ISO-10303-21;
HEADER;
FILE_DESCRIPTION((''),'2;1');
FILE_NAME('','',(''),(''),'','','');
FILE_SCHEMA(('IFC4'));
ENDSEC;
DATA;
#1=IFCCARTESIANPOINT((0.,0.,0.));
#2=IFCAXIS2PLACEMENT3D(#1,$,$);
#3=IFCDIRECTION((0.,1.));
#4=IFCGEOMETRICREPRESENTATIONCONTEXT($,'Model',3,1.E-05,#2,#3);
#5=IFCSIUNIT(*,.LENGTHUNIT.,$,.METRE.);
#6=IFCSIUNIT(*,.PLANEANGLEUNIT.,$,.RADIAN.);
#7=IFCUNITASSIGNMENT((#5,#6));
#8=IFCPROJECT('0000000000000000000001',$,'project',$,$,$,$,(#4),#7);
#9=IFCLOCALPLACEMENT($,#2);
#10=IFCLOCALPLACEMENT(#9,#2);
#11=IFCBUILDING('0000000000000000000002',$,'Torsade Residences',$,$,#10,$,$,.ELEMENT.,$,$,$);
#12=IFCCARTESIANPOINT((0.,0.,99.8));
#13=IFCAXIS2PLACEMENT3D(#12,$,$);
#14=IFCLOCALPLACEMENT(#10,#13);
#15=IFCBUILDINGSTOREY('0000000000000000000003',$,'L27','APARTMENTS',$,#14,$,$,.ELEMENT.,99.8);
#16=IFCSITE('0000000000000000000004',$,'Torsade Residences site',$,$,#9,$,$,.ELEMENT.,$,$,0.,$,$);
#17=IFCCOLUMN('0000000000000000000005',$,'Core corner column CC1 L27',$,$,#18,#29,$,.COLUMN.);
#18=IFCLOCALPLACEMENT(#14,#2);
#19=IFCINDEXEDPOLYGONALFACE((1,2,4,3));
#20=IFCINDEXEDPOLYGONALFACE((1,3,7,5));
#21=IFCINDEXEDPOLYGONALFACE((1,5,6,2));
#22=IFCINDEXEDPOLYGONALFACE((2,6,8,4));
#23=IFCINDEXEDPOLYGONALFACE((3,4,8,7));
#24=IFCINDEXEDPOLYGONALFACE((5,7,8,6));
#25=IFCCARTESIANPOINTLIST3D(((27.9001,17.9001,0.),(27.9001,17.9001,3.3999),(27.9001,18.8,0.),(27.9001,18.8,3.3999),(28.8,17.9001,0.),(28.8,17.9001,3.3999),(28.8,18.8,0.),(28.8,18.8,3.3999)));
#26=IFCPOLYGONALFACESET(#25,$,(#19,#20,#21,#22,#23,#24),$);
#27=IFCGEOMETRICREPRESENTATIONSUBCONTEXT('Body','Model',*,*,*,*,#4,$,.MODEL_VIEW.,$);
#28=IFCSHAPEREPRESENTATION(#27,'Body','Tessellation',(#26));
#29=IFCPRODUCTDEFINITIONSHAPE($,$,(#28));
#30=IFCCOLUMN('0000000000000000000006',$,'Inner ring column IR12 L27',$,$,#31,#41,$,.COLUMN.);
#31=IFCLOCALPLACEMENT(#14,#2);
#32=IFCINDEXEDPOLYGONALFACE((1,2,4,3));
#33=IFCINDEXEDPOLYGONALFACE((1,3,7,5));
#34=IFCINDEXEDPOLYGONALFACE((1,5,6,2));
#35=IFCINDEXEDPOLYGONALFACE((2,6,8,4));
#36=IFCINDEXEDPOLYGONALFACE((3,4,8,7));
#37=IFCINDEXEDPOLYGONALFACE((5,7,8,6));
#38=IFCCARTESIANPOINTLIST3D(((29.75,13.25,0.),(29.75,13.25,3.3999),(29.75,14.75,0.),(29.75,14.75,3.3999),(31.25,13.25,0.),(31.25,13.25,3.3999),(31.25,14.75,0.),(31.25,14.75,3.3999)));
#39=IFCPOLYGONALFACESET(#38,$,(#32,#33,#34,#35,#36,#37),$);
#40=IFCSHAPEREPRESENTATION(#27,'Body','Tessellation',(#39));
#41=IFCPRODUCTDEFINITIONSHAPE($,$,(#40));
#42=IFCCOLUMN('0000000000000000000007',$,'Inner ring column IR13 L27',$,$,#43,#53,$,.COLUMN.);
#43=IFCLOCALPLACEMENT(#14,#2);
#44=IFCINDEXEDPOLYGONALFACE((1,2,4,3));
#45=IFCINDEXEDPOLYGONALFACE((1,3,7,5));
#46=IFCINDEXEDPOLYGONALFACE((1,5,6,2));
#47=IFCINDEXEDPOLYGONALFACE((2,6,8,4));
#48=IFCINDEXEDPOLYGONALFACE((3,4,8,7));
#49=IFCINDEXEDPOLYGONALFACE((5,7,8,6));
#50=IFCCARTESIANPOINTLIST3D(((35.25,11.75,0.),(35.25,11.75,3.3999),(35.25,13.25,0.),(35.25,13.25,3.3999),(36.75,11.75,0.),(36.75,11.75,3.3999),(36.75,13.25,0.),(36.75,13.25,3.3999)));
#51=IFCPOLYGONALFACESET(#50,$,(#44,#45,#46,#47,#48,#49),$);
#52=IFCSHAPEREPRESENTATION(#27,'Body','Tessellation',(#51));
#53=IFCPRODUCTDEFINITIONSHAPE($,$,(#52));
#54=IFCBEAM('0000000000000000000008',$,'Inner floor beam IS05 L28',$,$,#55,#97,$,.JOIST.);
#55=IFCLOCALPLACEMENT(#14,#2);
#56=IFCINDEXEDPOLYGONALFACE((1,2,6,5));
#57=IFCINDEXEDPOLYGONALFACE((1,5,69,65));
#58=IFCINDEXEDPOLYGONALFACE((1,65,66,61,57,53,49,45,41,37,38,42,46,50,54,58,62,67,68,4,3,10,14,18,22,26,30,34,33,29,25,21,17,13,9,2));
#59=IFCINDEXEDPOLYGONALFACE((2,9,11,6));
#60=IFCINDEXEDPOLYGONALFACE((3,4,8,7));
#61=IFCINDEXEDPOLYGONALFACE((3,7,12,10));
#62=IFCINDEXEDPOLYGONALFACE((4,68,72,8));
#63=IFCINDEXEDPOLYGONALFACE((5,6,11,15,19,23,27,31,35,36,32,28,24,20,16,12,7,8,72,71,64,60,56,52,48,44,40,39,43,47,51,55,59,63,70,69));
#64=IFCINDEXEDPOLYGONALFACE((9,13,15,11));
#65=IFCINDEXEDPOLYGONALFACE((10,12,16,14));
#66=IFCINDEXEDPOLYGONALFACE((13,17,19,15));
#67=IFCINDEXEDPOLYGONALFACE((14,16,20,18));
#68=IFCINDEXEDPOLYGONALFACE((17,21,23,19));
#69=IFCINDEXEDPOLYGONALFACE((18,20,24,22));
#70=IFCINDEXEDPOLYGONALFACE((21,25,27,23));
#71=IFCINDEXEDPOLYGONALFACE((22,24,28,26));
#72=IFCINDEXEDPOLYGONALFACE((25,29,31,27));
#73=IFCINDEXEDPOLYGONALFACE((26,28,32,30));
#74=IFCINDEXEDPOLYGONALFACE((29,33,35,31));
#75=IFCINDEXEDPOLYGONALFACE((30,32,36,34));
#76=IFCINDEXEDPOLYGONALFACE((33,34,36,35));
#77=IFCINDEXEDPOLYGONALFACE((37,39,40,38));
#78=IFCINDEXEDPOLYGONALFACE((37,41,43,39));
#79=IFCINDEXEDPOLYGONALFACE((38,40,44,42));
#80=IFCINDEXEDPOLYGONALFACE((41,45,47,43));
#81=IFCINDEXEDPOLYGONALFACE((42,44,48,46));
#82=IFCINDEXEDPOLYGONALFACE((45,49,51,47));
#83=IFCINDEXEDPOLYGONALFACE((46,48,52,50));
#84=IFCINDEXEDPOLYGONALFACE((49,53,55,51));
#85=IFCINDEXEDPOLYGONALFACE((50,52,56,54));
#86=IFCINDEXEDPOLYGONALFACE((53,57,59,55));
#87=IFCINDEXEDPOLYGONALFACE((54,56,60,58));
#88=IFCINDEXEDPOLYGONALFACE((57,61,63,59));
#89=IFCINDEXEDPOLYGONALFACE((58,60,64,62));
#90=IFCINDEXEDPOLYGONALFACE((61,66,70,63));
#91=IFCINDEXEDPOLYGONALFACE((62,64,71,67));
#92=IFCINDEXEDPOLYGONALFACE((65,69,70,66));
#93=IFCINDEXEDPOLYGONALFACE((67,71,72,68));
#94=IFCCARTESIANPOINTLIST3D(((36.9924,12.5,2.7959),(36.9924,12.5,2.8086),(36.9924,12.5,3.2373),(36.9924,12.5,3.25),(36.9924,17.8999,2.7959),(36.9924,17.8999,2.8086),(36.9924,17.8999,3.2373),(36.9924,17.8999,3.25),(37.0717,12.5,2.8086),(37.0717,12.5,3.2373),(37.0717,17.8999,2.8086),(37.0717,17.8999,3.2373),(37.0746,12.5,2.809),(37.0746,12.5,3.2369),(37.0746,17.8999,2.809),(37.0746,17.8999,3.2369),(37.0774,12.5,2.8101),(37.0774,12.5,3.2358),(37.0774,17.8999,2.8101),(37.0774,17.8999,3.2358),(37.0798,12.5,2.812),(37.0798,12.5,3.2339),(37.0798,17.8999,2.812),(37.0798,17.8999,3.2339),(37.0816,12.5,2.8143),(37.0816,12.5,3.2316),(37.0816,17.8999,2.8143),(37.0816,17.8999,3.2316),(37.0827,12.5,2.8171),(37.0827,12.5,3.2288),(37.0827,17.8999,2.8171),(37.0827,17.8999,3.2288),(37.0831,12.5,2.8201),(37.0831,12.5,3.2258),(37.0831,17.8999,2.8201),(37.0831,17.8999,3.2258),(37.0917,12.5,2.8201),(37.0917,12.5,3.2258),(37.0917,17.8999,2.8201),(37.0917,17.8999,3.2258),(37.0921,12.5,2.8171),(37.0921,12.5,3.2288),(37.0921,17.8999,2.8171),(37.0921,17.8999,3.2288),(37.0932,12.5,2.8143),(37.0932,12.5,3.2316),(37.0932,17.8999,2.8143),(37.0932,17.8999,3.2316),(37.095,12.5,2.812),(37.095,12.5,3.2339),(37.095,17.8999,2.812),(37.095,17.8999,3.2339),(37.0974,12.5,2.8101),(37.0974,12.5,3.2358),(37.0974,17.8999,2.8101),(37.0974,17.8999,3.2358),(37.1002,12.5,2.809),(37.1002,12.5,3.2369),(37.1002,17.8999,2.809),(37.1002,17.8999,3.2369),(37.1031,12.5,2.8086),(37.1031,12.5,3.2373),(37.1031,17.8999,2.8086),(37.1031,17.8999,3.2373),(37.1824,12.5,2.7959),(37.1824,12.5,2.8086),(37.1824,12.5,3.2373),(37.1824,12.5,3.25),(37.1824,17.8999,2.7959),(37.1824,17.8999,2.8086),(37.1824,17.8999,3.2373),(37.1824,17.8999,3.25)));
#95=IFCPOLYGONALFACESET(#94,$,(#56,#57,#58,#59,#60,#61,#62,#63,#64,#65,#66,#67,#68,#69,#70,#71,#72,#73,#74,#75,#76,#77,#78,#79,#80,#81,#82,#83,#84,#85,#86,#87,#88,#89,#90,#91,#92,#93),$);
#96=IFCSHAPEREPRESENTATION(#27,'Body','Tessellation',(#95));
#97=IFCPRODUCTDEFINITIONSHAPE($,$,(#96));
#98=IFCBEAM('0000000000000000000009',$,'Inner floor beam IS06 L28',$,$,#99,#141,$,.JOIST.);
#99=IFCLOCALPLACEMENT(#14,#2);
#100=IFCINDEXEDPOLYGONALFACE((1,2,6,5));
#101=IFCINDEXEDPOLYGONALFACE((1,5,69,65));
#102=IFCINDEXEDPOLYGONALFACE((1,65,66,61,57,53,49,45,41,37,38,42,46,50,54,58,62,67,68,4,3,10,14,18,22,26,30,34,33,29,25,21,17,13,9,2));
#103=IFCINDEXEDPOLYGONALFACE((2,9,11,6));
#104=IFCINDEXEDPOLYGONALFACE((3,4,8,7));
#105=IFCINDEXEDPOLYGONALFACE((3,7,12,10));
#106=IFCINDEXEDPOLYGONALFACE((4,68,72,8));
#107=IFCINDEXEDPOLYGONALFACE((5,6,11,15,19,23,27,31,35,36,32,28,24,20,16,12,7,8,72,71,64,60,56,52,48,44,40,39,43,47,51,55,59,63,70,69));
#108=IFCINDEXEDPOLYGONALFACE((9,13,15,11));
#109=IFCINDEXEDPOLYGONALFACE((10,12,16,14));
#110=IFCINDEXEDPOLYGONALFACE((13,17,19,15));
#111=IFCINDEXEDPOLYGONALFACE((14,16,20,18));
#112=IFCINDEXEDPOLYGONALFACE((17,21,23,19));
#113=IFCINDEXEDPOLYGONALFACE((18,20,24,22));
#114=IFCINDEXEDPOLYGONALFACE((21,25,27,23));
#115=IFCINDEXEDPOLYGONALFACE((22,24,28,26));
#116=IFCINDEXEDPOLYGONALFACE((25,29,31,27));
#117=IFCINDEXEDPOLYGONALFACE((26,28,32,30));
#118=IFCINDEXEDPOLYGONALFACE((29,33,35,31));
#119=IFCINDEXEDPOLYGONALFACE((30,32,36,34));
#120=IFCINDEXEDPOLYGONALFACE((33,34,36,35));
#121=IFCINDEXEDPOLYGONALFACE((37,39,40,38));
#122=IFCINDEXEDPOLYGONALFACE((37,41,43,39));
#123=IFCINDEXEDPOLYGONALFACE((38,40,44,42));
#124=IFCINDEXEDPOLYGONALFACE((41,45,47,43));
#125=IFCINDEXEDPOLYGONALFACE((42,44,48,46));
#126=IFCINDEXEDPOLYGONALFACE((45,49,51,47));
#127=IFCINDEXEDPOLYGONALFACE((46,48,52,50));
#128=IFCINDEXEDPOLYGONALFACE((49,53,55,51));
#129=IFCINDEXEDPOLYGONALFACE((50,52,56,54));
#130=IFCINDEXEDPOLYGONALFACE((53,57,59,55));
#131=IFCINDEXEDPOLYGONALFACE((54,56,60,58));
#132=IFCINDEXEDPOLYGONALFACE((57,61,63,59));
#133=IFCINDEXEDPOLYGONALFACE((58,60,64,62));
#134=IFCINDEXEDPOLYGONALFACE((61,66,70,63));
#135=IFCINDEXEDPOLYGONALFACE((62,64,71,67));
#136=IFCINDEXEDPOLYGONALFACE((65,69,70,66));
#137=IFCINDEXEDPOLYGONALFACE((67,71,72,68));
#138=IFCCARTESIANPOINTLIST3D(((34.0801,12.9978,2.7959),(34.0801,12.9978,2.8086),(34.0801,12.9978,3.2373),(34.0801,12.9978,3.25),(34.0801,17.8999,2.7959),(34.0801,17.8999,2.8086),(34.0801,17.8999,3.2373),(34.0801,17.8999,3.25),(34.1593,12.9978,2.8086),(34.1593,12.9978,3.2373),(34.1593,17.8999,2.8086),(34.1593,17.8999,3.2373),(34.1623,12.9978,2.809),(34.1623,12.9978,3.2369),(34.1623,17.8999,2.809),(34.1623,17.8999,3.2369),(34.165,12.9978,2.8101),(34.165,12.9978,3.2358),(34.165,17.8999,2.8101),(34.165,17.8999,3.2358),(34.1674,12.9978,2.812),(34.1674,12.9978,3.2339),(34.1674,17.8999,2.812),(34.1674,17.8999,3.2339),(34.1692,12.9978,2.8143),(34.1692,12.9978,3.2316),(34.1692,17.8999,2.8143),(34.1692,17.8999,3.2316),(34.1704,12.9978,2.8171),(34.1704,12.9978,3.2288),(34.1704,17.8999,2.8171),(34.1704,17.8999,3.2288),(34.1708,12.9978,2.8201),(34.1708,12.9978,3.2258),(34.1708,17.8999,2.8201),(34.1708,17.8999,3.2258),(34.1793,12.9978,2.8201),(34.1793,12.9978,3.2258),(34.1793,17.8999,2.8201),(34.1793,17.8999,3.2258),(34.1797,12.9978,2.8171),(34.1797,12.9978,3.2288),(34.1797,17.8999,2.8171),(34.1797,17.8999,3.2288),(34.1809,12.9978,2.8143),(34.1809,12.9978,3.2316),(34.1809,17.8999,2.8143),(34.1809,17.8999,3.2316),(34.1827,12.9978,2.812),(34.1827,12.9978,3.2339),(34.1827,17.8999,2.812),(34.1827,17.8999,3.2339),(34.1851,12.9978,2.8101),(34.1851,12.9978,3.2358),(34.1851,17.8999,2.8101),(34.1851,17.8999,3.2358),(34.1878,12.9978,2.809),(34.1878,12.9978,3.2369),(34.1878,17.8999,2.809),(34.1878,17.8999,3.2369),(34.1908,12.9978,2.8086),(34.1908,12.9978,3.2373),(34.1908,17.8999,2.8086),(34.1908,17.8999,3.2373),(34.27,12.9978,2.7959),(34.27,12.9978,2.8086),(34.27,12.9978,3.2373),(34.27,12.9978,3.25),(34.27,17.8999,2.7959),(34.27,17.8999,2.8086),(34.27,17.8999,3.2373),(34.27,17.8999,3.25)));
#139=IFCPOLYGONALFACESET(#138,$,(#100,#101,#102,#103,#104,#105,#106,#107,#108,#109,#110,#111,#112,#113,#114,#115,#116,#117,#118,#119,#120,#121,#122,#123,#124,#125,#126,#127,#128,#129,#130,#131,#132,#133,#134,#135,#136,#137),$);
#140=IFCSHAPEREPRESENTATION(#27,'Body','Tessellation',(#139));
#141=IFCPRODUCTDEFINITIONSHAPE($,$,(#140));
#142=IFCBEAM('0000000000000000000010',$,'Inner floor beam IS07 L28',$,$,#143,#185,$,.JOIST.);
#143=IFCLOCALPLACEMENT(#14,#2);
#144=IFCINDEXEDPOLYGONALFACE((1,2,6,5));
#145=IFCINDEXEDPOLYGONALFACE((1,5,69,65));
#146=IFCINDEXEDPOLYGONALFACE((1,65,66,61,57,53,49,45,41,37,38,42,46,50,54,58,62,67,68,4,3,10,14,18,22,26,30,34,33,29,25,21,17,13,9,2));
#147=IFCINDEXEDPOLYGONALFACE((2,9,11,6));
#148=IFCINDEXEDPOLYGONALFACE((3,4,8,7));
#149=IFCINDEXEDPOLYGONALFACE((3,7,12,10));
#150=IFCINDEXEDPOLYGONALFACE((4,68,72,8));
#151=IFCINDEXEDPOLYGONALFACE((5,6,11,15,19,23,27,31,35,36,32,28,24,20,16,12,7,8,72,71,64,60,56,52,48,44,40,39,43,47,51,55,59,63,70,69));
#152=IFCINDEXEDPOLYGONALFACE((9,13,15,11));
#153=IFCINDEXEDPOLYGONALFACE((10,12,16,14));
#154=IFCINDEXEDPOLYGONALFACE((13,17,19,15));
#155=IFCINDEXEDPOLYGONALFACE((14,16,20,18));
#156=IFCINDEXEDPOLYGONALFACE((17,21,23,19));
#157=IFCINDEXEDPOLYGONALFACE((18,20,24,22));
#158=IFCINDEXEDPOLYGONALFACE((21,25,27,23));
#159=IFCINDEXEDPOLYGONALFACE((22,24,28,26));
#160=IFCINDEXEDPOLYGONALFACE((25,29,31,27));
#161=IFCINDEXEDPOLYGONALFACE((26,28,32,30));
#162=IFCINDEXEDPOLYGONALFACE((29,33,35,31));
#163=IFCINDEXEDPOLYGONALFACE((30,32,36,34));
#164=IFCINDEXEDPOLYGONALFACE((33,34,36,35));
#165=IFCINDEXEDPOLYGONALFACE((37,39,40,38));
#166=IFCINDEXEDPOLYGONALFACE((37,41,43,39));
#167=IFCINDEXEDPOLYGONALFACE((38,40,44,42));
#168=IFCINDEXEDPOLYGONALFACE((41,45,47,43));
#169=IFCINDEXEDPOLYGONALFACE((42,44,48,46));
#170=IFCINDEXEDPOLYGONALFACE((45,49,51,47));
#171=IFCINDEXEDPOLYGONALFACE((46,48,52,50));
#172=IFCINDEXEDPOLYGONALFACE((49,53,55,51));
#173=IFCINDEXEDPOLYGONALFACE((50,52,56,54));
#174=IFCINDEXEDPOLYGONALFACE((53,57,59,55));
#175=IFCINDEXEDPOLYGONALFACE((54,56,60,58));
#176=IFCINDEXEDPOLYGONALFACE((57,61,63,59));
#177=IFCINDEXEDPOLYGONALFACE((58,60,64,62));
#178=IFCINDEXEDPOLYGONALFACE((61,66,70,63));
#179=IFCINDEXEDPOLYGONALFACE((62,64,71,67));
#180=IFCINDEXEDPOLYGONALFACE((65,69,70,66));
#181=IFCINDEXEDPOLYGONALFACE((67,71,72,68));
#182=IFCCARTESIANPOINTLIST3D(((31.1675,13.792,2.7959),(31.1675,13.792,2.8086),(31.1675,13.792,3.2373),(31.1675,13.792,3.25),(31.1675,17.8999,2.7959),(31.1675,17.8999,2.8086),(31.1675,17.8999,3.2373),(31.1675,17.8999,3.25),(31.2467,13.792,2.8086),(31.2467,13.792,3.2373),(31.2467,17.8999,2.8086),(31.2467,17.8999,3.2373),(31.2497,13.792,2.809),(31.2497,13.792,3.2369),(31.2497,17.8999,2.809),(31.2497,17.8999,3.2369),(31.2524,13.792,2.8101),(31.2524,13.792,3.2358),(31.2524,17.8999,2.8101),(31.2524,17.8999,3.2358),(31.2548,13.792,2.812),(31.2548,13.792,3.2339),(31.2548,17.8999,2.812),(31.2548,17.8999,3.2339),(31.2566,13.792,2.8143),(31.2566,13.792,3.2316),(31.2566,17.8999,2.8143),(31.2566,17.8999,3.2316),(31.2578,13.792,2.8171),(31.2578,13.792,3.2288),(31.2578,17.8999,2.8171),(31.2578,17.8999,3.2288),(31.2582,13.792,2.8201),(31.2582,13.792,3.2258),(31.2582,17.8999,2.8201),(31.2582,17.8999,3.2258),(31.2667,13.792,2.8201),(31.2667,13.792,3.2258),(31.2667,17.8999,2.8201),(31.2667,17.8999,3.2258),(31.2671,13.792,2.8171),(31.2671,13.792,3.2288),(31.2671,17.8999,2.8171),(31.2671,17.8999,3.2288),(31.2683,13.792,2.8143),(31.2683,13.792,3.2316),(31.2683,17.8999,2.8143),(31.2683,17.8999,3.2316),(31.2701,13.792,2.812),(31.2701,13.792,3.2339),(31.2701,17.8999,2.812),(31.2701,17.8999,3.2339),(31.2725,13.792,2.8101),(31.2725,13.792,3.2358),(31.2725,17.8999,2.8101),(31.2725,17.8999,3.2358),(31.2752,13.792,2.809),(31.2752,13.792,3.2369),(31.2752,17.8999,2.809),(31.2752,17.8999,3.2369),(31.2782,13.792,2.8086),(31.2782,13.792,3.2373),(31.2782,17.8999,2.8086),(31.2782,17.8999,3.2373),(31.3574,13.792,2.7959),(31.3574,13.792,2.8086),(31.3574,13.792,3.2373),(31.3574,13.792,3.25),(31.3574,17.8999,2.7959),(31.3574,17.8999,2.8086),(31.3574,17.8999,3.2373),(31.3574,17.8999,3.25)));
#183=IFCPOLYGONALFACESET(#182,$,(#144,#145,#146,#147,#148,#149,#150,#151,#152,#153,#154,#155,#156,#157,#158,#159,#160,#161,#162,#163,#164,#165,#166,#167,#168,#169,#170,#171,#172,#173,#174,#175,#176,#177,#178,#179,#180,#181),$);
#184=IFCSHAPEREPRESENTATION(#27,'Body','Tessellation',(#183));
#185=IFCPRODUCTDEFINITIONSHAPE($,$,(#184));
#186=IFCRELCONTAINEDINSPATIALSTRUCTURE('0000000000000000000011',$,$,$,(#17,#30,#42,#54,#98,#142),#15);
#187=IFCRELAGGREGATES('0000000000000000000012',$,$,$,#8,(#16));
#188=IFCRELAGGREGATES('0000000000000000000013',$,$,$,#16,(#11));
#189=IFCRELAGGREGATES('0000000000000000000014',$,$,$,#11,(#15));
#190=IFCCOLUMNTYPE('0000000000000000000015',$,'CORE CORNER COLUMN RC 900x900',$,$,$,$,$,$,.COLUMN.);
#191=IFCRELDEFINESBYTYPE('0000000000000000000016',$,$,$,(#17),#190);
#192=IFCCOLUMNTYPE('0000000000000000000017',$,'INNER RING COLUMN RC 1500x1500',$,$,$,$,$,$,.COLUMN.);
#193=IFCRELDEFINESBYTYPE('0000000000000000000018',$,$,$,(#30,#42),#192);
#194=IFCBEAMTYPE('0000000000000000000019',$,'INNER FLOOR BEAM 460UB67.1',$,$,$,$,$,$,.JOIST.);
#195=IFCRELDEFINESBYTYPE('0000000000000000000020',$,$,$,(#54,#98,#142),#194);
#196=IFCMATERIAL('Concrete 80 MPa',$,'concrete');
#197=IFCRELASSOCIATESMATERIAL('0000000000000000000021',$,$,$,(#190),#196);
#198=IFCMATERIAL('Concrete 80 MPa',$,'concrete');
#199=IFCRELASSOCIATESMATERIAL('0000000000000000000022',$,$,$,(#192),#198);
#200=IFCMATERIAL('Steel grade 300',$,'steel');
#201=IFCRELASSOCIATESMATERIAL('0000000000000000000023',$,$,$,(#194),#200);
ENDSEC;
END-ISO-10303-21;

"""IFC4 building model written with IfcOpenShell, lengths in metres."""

from ifc_helpers import new_model, si_unit, direction, frame, origin, origin_2d, place, context, subcontext, project, spatial, rectangle, i_section, extrude, material, material_profile, profile_set, type_object, element, save


model = new_model("IFC4")

# Units and contexts
model_context = context("Model", 3, precision=1e-05, world=origin(), true_north=direction((0.0, 1.0)))
body_context = subcontext(model_context, "Body", "Model", "MODEL_VIEW")
ifc_project = project(units=[si_unit("LENGTHUNIT", "METRE"), si_unit("PLANEANGLEUNIT", "RADIAN")], contexts=[model_context])

# Site, building, storey
site_placement = place(None, origin())
site = spatial("IfcSite", under=ifc_project, at=site_placement, Name="Torsade Residences site", CompositionType="ELEMENT", RefElevation=0.0)
building_placement = place(site_placement, origin())
building = spatial("IfcBuilding", under=site, at=building_placement, Name="Torsade Residences", CompositionType="ELEMENT")
storey_placement = place(building_placement, frame((0.0, 0.0, 99.8)))
storey = spatial("IfcBuildingStorey", under=building, at=storey_placement, Name="L27", Description="APARTMENTS", CompositionType="ELEMENT", Elevation=99.8)

# Columns
ifc_material_1 = material(Name="Concrete 80 MPa", Category="concrete")
ifc_material_profile_1 = material_profile(ifc_material_1, rectangle(XDim=0.8999, YDim=0.8999, at=origin_2d()), Name="RC 900x900")
ifc_profile_set_1 = profile_set([ifc_material_profile_1], Name="Concrete 80 MPa")
column_type_1 = type_object("IfcColumnType", Name="CORE CORNER COLUMN RC 900x900", PredefinedType="COLUMN", material=ifc_profile_set_1)
column_placement = place(storey_placement, frame((28.3501, 18.3501, 0.0), z_axis=(0.0, 0.0, 1.0), x_axis=(1.0, 0.0, 0.0)))
element("IfcColumn", 1, at=column_placement, inside=storey, type_object=column_type_1, Name="Core corner column CC1 L27", PredefinedType="COLUMN", context=body_context, shape_type="SweptSolid", body=[
    extrude(rectangle(XDim=0.8999, YDim=0.8999, at=origin_2d()), origin(), (0.0, 0.0, 1.0), 3.3999),
])
ifc_material_2 = material(Name="Concrete 80 MPa", Category="concrete")
ifc_material_profile_2 = material_profile(ifc_material_2, rectangle(XDim=1.5, YDim=1.5, at=origin_2d()), Name="RC 1500x1500")
ifc_profile_set_2 = profile_set([ifc_material_profile_2], Name="Concrete 80 MPa")
column_type_2 = type_object("IfcColumnType", Name="INNER RING COLUMN RC 1500x1500", PredefinedType="COLUMN", material=ifc_profile_set_2)
for number, where, z_axis, x_axis, name in (
    (2, (30.5, 14.0, 0.0), (0.0, 0.0, 1.0), (1.0, 0.0, 0.0), "Inner ring column IR12 L27"),
    (3, (36.0, 12.5, 0.0), (0.0, 0.0, 1.0), (1.0, 0.0, 0.0), "Inner ring column IR13 L27"),
):
    element("IfcColumn", number, at=place(storey_placement, frame(where, z_axis=z_axis, x_axis=x_axis)), inside=storey, type_object=column_type_2, Name=name, PredefinedType="COLUMN", context=body_context, shape_type="SweptSolid", body=[
        extrude(rectangle(XDim=1.5, YDim=1.5, at=origin_2d()), origin(), (0.0, 0.0, 1.0), 3.3999),
    ])

# Beams
ifc_material_3 = material(Name="Steel grade 300", Category="steel")
ifc_material_profile_3 = material_profile(ifc_material_3, i_section(OverallWidth=0.1899, OverallDepth=0.4541, WebThickness=0.0085, FlangeThickness=0.0127, FilletRadius=0.0115, at=origin_2d()), Name="460UB67.1")
ifc_profile_set_3 = profile_set([ifc_material_profile_3], Name="Steel grade 300")
beam_type_1 = type_object("IfcBeamType", Name="INNER FLOOR BEAM 460UB67.1", PredefinedType="JOIST", material=ifc_profile_set_3)
beam_1_placement = place(storey_placement, frame((37.0874, 17.8999, 3.0229), z_axis=(0.0, -1.0, 0.0), x_axis=(1.0, 0.0, 0.0)))
element("IfcBeam", 4, at=beam_1_placement, inside=storey, type_object=beam_type_1, Name="Inner floor beam IS05 L28", PredefinedType="JOIST", context=body_context, shape_type="SweptSolid", body=[
    extrude(i_section(OverallWidth=0.1899, OverallDepth=0.4541, WebThickness=0.0085, FlangeThickness=0.0127, FilletRadius=0.0115, at=origin_2d()), origin(), (0.0, 0.0, 1.0), 5.3999),
])
beam_2_placement = place(storey_placement, frame((34.175, 17.8999, 3.0229), z_axis=(0.0, -1.0, 0.0), x_axis=(1.0, 0.0, 0.0)))
element("IfcBeam", 5, at=beam_2_placement, inside=storey, type_object=beam_type_1, Name="Inner floor beam IS06 L28", PredefinedType="JOIST", context=body_context, shape_type="SweptSolid", body=[
    extrude(i_section(OverallWidth=0.1899, OverallDepth=0.4541, WebThickness=0.0085, FlangeThickness=0.0127, FilletRadius=0.0115, at=origin_2d()), origin(), (0.0, 0.0, 1.0), 4.9021),
])
beam_3_placement = place(storey_placement, frame((31.2625, 17.8999, 3.0229), z_axis=(0.0, -1.0, 0.0), x_axis=(1.0, 0.0, 0.0)))
element("IfcBeam", 6, at=beam_3_placement, inside=storey, type_object=beam_type_1, Name="Inner floor beam IS07 L28", PredefinedType="JOIST", context=body_context, shape_type="SweptSolid", body=[
    extrude(i_section(OverallWidth=0.1899, OverallDepth=0.4541, WebThickness=0.0085, FlangeThickness=0.0127, FilletRadius=0.0115, at=origin_2d()), origin(), (0.0, 0.0, 1.0), 4.1079),
])

save(model, "model.ifc")
